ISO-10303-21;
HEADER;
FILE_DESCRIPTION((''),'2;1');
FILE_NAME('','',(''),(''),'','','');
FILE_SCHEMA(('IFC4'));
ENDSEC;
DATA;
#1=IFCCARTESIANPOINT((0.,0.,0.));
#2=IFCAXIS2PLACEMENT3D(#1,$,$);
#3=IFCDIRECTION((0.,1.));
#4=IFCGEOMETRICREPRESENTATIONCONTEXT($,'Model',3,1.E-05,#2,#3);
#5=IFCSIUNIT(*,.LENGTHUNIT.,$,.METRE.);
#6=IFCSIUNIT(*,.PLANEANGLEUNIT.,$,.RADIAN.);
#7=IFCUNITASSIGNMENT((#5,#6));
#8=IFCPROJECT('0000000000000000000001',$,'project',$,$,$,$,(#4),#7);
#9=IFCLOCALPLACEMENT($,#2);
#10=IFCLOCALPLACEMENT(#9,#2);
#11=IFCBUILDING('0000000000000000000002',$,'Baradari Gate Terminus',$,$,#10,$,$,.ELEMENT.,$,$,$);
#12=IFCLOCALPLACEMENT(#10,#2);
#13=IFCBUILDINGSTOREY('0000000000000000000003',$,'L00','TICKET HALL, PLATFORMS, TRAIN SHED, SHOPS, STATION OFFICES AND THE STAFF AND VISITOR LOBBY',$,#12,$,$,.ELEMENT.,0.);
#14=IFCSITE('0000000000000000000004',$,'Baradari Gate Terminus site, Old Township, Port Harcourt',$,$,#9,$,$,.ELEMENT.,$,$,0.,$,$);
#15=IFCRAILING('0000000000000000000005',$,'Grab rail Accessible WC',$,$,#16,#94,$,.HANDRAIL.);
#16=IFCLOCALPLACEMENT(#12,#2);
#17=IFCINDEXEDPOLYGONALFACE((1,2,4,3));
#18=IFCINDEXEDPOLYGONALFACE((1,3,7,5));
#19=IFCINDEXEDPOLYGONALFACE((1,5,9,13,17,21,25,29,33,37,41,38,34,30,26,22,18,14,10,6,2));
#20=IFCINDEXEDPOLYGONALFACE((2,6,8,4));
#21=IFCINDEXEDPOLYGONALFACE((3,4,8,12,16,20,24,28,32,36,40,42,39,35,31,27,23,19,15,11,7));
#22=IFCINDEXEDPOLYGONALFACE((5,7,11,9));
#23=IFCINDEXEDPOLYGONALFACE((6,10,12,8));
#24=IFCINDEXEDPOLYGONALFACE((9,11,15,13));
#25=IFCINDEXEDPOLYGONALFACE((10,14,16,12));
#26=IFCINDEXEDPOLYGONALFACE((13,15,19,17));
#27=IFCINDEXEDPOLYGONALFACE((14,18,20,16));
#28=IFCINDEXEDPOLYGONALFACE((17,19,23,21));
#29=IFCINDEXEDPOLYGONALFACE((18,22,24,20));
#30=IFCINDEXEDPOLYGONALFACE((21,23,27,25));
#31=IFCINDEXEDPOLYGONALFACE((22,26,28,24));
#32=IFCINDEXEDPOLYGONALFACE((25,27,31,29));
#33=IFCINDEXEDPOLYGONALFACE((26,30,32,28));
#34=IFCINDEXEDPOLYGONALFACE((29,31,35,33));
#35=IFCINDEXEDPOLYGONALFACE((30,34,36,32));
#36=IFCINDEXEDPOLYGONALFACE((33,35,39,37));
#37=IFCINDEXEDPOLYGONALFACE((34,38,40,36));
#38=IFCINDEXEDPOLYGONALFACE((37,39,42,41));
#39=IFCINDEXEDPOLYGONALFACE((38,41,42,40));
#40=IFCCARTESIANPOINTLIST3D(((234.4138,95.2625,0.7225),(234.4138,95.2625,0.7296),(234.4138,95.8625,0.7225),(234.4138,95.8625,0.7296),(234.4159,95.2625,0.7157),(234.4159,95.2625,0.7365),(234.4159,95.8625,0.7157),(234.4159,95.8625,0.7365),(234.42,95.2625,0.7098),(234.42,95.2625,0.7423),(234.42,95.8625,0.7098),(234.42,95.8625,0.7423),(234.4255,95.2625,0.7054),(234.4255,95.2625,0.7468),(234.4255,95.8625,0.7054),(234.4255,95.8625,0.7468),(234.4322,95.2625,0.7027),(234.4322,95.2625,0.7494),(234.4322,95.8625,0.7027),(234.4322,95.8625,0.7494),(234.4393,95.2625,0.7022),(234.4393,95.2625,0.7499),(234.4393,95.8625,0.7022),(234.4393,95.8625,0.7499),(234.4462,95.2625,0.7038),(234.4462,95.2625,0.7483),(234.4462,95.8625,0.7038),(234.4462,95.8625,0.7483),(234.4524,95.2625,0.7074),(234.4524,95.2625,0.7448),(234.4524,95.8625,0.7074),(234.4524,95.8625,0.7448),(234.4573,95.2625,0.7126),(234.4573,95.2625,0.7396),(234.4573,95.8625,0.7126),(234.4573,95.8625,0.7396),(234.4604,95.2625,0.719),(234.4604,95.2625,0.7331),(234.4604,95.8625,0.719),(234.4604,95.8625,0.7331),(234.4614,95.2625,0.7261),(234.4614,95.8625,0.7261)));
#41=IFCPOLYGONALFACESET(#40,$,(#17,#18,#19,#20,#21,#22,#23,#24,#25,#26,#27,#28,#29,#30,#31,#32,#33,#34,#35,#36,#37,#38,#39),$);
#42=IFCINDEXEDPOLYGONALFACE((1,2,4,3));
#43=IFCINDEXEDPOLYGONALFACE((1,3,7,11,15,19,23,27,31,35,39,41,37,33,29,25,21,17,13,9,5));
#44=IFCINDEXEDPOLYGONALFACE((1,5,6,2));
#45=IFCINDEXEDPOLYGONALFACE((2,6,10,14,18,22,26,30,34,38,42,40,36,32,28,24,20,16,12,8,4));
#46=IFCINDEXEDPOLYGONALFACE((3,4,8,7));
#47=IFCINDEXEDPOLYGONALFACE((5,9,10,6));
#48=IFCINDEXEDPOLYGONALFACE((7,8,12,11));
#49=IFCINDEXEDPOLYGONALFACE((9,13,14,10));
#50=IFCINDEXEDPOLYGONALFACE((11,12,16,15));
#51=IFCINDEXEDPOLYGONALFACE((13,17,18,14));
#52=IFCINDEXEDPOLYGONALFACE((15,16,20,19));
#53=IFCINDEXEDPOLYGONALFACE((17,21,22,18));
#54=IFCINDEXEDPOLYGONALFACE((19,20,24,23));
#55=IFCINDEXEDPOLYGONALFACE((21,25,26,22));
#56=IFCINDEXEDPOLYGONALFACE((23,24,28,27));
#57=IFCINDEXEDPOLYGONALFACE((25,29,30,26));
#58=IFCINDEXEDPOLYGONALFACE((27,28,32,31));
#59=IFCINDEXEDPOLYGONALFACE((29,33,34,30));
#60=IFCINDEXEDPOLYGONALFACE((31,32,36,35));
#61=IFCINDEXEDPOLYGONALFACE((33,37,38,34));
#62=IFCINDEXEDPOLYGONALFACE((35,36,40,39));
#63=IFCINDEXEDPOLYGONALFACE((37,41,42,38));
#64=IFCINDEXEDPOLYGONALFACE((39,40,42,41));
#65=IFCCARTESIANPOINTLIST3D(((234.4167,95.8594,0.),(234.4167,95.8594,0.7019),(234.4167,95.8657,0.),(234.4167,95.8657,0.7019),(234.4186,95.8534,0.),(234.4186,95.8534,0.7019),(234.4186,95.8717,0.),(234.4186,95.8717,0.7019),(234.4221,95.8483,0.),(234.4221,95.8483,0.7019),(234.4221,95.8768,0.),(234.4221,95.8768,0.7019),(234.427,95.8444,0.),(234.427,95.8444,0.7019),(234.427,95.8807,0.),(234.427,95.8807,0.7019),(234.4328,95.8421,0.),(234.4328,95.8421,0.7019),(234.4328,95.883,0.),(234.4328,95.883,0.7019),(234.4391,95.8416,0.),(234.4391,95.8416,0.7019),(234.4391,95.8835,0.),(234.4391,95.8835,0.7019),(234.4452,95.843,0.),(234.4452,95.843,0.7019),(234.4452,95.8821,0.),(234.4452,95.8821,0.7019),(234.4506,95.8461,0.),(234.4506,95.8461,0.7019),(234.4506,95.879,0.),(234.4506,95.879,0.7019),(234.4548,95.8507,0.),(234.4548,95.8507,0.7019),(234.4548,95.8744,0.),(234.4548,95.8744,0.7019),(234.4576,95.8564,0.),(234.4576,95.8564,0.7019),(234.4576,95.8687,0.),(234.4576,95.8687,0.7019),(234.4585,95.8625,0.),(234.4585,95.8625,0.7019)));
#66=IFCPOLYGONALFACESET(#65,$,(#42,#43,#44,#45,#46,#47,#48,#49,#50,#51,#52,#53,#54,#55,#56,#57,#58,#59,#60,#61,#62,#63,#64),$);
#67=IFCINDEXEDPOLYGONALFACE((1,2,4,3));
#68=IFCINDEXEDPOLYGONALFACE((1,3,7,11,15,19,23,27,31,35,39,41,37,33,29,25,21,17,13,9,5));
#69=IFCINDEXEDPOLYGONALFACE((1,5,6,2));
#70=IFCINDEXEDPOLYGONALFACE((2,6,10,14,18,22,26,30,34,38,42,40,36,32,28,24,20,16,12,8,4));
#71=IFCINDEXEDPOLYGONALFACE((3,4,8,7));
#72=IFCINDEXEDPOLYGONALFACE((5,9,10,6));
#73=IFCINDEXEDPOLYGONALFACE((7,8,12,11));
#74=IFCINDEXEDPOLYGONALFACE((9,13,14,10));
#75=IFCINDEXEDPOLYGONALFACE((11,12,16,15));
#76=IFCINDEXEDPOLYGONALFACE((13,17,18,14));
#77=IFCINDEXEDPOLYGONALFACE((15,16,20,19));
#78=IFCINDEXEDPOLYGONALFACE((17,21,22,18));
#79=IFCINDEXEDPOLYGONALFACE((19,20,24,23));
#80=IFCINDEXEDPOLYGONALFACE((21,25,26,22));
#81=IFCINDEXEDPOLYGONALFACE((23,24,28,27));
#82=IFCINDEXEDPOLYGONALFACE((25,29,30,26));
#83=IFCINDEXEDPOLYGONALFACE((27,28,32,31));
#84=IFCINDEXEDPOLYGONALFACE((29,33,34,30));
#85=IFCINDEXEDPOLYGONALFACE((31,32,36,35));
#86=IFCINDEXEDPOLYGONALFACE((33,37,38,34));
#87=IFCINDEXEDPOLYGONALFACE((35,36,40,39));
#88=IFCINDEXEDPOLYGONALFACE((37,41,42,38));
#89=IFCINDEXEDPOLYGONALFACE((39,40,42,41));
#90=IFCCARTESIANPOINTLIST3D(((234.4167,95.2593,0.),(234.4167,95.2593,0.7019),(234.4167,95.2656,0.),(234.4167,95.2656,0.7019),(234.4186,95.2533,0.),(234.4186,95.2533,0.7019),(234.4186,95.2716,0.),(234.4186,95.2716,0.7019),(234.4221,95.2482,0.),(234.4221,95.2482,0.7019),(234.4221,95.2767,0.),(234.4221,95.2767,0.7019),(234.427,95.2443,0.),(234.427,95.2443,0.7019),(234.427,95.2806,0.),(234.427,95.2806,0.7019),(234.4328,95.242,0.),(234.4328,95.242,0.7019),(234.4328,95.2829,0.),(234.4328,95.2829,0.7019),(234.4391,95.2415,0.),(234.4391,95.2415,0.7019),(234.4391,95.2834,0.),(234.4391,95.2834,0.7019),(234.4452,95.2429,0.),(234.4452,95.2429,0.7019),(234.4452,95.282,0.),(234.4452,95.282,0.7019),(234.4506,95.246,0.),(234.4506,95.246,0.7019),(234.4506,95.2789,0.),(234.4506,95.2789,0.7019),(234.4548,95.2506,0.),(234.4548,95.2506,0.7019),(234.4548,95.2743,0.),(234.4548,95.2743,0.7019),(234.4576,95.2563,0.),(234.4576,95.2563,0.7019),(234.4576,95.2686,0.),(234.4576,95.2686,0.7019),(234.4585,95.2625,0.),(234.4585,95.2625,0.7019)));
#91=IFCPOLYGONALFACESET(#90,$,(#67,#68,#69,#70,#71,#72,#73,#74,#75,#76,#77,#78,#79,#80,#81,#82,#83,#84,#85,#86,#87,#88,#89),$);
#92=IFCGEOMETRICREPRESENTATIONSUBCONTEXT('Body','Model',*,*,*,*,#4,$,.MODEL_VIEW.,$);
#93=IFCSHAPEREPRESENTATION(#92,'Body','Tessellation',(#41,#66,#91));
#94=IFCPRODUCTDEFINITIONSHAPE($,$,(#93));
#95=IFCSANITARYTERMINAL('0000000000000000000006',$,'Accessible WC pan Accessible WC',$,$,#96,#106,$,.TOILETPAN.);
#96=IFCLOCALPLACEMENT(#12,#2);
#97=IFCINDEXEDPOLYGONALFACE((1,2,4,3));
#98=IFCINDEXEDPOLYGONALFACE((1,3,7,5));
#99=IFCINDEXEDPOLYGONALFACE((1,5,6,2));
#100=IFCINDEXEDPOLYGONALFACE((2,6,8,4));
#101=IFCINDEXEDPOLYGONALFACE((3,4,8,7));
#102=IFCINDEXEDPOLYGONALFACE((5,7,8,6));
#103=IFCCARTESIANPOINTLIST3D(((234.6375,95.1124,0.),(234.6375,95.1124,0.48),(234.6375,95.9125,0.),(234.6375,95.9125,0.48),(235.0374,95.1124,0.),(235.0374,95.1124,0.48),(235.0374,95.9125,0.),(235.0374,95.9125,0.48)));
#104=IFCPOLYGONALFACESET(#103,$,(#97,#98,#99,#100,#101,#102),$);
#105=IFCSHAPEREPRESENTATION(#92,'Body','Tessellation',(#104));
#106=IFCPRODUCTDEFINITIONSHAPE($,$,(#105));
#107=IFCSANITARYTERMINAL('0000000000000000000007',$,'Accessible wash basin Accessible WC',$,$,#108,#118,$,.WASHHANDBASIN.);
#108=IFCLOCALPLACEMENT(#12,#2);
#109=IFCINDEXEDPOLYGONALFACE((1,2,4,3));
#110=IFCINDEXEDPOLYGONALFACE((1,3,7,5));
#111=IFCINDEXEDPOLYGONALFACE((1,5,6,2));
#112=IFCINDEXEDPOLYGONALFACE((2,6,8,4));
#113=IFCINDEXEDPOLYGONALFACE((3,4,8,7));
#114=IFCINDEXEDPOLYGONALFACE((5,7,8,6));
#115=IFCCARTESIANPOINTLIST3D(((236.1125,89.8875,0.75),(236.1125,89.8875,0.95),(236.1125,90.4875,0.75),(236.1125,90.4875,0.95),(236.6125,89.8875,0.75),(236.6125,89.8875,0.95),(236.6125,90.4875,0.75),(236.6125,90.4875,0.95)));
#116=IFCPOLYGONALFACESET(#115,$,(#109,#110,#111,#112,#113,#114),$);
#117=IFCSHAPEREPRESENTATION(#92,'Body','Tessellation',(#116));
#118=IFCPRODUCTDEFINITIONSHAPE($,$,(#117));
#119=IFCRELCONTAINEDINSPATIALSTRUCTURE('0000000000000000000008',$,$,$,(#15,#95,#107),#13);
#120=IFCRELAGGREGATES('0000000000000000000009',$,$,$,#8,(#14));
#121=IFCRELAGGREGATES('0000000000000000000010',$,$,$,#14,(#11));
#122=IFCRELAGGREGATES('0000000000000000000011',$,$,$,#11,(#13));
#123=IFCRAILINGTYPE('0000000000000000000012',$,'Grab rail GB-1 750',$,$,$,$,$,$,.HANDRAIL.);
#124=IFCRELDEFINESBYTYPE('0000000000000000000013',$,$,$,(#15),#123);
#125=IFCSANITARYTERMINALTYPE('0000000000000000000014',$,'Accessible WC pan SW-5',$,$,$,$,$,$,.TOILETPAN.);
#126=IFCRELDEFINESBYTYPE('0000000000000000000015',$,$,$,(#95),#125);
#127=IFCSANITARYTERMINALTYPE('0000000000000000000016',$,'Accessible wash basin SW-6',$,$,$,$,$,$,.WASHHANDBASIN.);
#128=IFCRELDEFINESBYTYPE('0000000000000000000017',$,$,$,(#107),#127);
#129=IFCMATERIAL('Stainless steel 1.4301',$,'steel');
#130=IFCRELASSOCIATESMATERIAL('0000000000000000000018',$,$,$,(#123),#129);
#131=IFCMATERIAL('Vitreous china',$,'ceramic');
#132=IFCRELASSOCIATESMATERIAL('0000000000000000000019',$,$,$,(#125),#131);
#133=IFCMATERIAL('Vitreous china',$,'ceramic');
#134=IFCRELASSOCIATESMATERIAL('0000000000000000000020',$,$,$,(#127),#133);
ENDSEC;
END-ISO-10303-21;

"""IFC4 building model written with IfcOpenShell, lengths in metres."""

from ifc_helpers import new_model, si_unit, direction, frame, origin, origin_2d, place, context, subcontext, project, spatial, rectangle, circle, extrude, material, type_object, element, save


model = new_model("IFC4")

# Units and contexts
model_context = context("Model", 3, precision=1e-05, world=origin(), true_north=direction((0.0, 1.0)))
body_context = subcontext(model_context, "Body", "Model", "MODEL_VIEW")
ifc_project = project(units=[si_unit("LENGTHUNIT", "METRE"), si_unit("PLANEANGLEUNIT", "RADIAN")], contexts=[model_context])

# Site, building, storey
site_placement = place(None, origin())
site = spatial("IfcSite", under=ifc_project, at=site_placement, Name="Baradari Gate Terminus site, Old Township, Port Harcourt", CompositionType="ELEMENT", RefElevation=0.0)
building_placement = place(site_placement, origin())
building = spatial("IfcBuilding", under=site, at=building_placement, Name="Baradari Gate Terminus", CompositionType="ELEMENT")
storey_placement = place(building_placement, origin())
storey = spatial("IfcBuildingStorey", under=building, at=storey_placement, Name="L00", Description="TICKET HALL, PLATFORMS, TRAIN SHED, SHOPS, STATION OFFICES AND THE STAFF AND VISITOR LOBBY", CompositionType="ELEMENT", Elevation=0.0)

# Railing
ifc_material_1 = material(Name="Stainless steel 1.4301", Category="steel")
railing_type = type_object("IfcRailingType", Name="Grab rail GB-1 750", PredefinedType="HANDRAIL", material=ifc_material_1)
railing_placement = place(storey_placement, frame((234.4375, 95.8625, 0.0)))
element("IfcRailing", 1, at=railing_placement, inside=storey, type_object=railing_type, Name="Grab rail Accessible WC", PredefinedType="HANDRAIL", context=body_context, shape_type="SweptSolid", body=[
    extrude(circle(Radius=0.0239, at=origin_2d()), frame((0.0, 0.0, 0.7261), z_axis=(0.0, -1.0, 0.0), x_axis=(1.0, 0.0, 0.0)), (0.0, 0.0, 1.0), 0.6001),
    extrude(circle(Radius=0.021, at=origin_2d()), origin(), (0.0, 0.0, 1.0), 0.7019),
    extrude(circle(Radius=0.021, at=origin_2d()), frame((0.0, -0.6001, 0.0)), (0.0, 0.0, 1.0), 0.7019),
])

# Sanitary terminals
ifc_material_2 = material(Name="Vitreous china", Category="ceramic")
sanitary_terminal_type_1 = type_object("IfcSanitaryTerminalType", Name="Accessible WC pan SW-5", PredefinedType="TOILETPAN", material=ifc_material_2)
sanitary_terminal_1_placement = place(storey_placement, frame((234.8374, 95.5125, 0.0), z_axis=(0.0, 0.0, 1.0), x_axis=(1.0, 0.0, 0.0)))
element("IfcSanitaryTerminal", 2, at=sanitary_terminal_1_placement, inside=storey, type_object=sanitary_terminal_type_1, Name="Accessible WC pan Accessible WC", PredefinedType="TOILETPAN", context=body_context, shape_type="SweptSolid", body=[
    extrude(rectangle(XDim=0.3999, YDim=0.8, at=origin_2d()), origin(), (0.0, 0.0, 1.0), 0.48),
])
ifc_material_3 = material(Name="Vitreous china", Category="ceramic")
sanitary_terminal_type_2 = type_object("IfcSanitaryTerminalType", Name="Accessible wash basin SW-6", PredefinedType="WASHHANDBASIN", material=ifc_material_3)
sanitary_terminal_2_placement = place(storey_placement, frame((236.3625, 90.1875, 0.75), z_axis=(0.0, 0.0, 1.0), x_axis=(1.0, 0.0, 0.0)))
element("IfcSanitaryTerminal", 3, at=sanitary_terminal_2_placement, inside=storey, type_object=sanitary_terminal_type_2, Name="Accessible wash basin Accessible WC", PredefinedType="WASHHANDBASIN", context=body_context, shape_type="SweptSolid", body=[
    extrude(rectangle(XDim=0.5, YDim=0.6001, at=origin_2d()), origin(), (0.0, 0.0, 1.0), 0.2),
])

save(model, "model.ifc")
